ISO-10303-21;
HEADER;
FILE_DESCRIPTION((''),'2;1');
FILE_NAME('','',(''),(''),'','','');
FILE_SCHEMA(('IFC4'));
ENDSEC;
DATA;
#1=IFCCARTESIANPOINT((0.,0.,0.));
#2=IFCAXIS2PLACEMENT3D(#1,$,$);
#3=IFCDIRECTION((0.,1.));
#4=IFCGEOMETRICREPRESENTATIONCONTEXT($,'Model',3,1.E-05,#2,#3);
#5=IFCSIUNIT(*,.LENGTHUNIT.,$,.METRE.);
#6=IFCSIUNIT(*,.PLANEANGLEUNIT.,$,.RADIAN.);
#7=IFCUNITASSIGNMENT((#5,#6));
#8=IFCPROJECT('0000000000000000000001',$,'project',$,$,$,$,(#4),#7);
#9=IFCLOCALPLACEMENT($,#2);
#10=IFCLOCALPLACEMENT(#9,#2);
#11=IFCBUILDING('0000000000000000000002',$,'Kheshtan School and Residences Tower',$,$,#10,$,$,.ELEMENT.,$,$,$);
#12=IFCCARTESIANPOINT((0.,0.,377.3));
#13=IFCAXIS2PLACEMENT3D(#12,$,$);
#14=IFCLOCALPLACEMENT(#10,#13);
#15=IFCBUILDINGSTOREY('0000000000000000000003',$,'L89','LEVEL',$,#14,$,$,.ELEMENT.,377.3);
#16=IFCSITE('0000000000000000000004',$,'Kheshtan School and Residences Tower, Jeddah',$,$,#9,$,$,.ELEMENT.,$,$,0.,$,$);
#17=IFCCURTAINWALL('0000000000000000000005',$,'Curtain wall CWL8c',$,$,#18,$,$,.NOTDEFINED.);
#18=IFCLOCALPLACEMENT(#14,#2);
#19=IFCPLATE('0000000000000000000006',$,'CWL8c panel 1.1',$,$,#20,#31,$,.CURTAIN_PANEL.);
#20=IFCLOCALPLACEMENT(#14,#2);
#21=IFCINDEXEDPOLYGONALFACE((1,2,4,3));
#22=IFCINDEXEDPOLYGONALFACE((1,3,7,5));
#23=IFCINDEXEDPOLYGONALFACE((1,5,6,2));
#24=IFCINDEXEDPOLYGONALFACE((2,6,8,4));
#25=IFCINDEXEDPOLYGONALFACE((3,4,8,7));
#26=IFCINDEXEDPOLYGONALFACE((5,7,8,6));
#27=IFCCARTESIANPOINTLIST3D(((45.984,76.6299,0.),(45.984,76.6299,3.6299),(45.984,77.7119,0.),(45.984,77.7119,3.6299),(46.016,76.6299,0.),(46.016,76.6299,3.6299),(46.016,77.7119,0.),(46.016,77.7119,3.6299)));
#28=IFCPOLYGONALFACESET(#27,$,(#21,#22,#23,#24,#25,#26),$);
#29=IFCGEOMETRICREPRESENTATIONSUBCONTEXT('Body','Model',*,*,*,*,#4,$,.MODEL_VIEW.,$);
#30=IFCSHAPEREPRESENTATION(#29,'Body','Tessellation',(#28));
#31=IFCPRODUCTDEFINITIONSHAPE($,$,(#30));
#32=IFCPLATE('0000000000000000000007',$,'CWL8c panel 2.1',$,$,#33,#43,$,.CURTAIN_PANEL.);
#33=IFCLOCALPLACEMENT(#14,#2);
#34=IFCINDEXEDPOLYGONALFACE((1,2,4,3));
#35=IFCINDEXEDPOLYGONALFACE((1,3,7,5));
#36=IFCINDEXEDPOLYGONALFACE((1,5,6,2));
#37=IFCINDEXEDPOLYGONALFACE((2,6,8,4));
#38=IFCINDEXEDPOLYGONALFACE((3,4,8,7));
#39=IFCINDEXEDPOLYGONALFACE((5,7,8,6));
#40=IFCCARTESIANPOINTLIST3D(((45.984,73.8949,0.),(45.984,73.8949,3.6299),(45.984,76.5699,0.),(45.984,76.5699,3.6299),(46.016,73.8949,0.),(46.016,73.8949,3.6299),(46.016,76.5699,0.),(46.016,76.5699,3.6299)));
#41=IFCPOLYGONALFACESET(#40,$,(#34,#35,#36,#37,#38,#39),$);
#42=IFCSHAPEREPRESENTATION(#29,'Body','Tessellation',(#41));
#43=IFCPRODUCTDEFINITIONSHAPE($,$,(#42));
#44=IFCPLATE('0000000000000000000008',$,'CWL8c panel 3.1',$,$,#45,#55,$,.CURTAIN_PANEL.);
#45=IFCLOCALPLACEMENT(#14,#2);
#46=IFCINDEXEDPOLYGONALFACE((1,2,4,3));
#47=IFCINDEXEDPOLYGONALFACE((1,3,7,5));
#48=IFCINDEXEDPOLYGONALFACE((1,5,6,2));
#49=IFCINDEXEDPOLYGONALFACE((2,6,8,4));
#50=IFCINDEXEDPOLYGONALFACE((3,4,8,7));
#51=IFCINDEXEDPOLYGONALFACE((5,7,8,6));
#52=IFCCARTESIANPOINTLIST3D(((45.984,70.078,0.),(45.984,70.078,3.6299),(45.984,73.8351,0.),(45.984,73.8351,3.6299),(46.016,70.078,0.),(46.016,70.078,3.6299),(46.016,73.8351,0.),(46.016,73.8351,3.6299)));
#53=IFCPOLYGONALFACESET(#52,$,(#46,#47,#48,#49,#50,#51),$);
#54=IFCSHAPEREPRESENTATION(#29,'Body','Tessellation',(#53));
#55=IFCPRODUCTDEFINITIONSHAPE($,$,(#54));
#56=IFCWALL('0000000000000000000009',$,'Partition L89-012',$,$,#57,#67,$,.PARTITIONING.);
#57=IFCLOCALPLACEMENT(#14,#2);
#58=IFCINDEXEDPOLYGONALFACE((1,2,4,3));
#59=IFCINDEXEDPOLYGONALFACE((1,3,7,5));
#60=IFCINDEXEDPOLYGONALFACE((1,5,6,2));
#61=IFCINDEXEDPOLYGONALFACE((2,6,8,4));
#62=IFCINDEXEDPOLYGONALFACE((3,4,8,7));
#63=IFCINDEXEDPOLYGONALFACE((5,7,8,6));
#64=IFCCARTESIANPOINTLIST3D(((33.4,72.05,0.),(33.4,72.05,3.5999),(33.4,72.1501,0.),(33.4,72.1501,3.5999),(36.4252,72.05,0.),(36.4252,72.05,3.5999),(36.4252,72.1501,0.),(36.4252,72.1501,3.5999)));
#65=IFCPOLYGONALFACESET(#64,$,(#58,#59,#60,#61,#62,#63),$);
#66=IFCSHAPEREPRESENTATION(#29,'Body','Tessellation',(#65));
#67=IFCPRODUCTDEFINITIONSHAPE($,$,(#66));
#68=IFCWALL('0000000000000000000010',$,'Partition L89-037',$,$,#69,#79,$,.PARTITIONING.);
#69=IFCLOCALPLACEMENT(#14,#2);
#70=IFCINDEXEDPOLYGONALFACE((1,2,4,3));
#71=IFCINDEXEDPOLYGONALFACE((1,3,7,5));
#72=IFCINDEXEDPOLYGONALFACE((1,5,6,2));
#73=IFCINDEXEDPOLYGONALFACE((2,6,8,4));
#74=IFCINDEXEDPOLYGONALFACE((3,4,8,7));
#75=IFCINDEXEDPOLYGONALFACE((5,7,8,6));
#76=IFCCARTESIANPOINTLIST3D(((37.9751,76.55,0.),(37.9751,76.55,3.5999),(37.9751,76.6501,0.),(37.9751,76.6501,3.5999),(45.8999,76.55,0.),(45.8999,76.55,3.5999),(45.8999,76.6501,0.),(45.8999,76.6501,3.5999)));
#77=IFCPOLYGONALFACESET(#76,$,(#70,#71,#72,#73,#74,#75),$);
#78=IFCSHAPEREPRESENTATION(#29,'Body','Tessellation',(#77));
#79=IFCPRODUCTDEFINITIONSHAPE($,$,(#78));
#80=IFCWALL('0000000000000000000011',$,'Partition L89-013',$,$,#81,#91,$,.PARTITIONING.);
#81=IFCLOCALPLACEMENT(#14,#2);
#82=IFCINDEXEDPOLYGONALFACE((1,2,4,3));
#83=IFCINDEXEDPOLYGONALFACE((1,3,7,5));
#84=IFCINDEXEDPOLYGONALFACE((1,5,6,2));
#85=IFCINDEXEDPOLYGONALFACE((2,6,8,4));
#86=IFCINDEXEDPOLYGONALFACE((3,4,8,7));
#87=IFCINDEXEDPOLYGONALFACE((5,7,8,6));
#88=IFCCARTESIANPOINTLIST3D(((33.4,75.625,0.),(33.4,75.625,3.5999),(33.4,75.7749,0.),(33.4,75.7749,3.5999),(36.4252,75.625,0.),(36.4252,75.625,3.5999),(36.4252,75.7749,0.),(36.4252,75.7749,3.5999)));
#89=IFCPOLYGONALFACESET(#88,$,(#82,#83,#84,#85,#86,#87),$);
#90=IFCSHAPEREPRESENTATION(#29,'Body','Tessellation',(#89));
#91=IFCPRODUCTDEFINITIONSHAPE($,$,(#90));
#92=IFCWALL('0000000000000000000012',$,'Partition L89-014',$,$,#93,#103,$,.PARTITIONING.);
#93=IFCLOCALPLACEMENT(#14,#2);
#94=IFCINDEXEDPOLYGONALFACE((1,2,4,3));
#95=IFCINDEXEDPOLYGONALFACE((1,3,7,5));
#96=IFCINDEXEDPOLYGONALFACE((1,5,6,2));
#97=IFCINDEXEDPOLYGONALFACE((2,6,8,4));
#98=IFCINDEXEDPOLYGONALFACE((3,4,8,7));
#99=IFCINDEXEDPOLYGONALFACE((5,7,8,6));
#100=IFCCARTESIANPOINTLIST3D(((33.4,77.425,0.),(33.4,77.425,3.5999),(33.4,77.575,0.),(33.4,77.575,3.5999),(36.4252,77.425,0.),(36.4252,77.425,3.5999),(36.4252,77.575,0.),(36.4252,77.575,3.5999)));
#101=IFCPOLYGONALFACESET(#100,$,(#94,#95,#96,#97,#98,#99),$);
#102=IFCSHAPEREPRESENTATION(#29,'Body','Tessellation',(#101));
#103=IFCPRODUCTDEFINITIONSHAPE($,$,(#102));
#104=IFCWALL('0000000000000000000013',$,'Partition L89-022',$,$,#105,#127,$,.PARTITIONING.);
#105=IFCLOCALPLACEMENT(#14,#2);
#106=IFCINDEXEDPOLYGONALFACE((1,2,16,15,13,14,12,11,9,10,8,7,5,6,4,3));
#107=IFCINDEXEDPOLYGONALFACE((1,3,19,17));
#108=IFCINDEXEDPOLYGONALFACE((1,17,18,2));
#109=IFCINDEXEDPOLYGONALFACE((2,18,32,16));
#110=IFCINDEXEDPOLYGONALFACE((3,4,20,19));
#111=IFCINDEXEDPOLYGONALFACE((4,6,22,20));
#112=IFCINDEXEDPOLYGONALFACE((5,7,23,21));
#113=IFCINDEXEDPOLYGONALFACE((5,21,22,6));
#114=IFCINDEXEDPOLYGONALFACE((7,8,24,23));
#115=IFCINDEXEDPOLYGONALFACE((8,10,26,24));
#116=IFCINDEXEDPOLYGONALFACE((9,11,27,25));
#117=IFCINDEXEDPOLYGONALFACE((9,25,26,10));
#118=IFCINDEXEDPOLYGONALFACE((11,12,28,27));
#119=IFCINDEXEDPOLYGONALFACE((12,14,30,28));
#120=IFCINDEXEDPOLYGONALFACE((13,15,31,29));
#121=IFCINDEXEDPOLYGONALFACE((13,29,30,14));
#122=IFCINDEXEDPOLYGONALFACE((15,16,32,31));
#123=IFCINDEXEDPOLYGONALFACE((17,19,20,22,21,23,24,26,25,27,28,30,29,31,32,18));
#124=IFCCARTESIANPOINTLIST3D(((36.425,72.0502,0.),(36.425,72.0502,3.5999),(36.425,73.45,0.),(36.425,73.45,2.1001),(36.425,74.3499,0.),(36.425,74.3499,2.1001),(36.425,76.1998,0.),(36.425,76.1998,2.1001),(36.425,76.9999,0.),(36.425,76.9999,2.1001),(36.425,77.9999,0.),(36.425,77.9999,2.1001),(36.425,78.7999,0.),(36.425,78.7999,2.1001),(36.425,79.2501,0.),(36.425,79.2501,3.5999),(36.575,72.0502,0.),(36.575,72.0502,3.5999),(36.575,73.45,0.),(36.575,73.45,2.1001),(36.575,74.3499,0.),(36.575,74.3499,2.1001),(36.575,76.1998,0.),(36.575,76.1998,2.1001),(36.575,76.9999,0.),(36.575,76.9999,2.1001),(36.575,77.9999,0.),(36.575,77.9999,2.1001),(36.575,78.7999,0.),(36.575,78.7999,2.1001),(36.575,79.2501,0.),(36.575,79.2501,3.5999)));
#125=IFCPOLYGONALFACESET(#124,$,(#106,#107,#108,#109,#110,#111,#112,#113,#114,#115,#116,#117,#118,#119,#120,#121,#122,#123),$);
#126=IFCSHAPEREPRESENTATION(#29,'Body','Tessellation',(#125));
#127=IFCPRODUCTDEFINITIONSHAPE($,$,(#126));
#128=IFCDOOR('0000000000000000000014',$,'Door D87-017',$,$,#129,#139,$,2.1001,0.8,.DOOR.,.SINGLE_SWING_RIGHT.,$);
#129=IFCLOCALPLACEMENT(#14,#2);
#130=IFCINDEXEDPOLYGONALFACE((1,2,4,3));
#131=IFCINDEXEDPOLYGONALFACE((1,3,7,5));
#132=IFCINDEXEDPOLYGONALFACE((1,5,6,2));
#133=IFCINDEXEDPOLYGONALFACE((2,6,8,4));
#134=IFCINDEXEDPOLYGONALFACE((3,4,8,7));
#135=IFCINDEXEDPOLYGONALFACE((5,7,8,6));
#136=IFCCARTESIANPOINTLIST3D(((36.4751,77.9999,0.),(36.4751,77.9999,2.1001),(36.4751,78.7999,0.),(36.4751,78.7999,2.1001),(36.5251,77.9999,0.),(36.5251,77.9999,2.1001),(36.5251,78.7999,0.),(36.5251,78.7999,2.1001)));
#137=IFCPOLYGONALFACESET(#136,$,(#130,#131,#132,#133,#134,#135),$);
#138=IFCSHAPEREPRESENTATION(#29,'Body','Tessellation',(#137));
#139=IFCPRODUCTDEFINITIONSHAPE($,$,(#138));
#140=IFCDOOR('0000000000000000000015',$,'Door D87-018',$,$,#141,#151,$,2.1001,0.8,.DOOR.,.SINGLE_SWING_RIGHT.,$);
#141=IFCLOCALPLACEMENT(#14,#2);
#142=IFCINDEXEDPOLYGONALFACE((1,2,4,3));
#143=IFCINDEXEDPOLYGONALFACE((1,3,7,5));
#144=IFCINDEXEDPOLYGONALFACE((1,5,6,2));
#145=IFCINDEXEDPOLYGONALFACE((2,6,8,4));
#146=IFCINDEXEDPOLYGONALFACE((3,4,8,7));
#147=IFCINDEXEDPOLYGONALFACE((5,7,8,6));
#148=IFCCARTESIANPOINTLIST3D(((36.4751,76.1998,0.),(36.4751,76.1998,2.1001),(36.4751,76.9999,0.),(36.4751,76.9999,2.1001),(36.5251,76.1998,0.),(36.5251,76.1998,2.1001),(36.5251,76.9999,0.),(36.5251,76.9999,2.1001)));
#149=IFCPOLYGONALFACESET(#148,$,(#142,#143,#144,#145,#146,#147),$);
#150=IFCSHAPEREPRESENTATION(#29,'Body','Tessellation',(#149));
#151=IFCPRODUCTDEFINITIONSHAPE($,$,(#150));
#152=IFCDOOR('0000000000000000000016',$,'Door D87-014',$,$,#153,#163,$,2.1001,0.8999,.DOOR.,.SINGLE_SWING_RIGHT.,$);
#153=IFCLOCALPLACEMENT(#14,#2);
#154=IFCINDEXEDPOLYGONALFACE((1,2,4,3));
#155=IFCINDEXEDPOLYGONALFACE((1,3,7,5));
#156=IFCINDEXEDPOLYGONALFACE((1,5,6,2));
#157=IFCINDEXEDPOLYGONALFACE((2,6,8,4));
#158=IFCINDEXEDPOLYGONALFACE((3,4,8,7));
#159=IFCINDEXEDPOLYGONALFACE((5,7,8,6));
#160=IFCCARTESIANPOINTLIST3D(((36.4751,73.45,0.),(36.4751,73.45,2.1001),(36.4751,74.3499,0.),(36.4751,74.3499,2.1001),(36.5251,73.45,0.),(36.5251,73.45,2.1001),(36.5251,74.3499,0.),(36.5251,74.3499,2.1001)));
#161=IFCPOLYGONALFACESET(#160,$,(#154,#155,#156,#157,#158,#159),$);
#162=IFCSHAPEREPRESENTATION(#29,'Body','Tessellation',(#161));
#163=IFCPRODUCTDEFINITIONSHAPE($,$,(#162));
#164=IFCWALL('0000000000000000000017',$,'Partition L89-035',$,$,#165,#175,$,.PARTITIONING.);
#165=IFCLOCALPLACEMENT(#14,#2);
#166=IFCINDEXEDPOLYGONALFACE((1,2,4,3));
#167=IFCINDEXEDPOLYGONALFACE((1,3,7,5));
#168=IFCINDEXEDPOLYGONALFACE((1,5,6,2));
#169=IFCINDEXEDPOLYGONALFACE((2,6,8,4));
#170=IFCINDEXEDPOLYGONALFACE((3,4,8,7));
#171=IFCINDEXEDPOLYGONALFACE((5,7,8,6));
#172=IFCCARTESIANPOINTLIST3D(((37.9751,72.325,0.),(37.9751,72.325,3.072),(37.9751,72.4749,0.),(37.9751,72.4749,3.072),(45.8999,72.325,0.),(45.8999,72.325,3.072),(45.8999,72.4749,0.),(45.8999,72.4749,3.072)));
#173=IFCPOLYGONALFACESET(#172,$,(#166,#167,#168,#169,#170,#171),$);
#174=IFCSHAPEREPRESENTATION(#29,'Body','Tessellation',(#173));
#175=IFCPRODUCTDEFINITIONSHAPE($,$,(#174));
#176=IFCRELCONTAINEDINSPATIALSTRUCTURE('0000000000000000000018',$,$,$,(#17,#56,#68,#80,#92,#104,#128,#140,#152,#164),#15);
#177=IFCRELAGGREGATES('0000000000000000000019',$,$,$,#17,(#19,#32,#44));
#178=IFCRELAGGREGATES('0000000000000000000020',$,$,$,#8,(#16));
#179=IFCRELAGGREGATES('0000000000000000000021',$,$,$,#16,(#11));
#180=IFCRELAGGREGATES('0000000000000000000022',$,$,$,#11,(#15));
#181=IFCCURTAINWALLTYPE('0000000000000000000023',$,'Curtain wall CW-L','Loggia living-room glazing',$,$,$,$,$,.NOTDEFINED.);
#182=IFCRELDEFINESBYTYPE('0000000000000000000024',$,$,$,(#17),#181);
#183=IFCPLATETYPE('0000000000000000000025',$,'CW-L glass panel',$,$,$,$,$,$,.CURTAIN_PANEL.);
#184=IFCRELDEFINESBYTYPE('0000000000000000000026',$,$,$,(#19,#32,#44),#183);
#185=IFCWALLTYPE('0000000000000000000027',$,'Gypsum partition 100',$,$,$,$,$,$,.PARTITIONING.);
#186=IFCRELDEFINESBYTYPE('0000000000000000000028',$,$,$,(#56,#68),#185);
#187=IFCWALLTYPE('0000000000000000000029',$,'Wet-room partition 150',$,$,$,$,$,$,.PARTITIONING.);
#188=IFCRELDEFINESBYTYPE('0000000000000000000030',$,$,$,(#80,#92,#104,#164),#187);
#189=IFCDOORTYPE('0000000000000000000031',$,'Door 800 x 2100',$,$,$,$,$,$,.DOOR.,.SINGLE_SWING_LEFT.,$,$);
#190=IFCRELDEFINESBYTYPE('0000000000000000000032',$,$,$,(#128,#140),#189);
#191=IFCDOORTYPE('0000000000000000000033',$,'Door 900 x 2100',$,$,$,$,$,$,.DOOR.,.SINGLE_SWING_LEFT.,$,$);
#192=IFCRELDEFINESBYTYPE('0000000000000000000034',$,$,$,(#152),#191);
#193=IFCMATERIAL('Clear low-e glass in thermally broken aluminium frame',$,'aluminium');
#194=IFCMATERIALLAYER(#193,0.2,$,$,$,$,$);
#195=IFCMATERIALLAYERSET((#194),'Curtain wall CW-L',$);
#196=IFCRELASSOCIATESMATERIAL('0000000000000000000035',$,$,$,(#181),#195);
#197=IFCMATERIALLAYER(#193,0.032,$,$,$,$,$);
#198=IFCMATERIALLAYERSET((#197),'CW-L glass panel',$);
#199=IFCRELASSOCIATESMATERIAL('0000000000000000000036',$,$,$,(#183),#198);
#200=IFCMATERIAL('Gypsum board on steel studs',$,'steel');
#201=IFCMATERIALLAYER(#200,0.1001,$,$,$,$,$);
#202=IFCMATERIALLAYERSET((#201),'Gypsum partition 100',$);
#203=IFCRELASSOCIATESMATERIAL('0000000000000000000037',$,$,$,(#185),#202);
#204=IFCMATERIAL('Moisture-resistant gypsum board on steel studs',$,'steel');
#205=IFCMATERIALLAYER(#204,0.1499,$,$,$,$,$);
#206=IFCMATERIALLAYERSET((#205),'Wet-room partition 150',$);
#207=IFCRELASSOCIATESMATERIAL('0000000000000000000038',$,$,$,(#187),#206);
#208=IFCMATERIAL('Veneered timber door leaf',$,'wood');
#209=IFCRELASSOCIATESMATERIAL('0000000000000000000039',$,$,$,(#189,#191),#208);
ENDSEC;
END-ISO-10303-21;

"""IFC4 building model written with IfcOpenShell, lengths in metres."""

from ifc_helpers import new_model, si_unit, direction, frame, frame_2d, origin, origin_2d, place, context, subcontext, project, spatial, rectangle, extrude, source, transform, mapped, material, layer, layer_set, type_object, element, fill, aggregate, save


model = new_model("IFC4")

# Units and contexts
model_context = context("Model", 3, precision=1e-05, world=origin(), true_north=direction((0.0, 1.0)))
body_context = subcontext(model_context, "Body", "Model", "MODEL_VIEW")
ifc_project = project(units=[si_unit("LENGTHUNIT", "METRE"), si_unit("PLANEANGLEUNIT", "RADIAN")], contexts=[model_context])

# Site, building, storey
site_placement = place(None, origin())
site = spatial("IfcSite", under=ifc_project, at=site_placement, Name="Kheshtan School and Residences Tower, Jeddah", CompositionType="ELEMENT", RefElevation=0.0)
building_placement = place(site_placement, origin())
building = spatial("IfcBuilding", under=site, at=building_placement, Name="Kheshtan School and Residences Tower", CompositionType="ELEMENT")
storey_placement = place(building_placement, frame((0.0, 0.0, 377.3)))
storey = spatial("IfcBuildingStorey", under=building, at=storey_placement, Name="L89", Description="LEVEL", CompositionType="ELEMENT", Elevation=377.3)

# Curtain wall
ifc_material_1 = material(Name="Clear low-e glass in thermally broken aluminium frame", Category="aluminium")
ifc_layer_1 = layer(ifc_material_1, 0.2)
ifc_layer_set_1 = layer_set([ifc_layer_1], Name="Curtain wall CW-L")
curtain_wall_type = type_object("IfcCurtainWallType", Name="Curtain wall CW-L", Description="Loggia living-room glazing", PredefinedType="NOTDEFINED", material=ifc_layer_set_1)
curtain_wall_1_placement = place(storey_placement, origin())
curtain_wall_1 = element("IfcCurtainWall", 1, at=curtain_wall_1_placement, inside=storey, type_object=curtain_wall_type, Name="Curtain wall CWL8c", PredefinedType="NOTDEFINED")

# Plates
ifc_layer_2 = layer(ifc_material_1, 0.032)
ifc_layer_set_2 = layer_set([ifc_layer_2], Name="CW-L glass panel")
plate_type = type_object("IfcPlateType", Name="CW-L glass panel", PredefinedType="CURTAIN_PANEL", material=ifc_layer_set_2)
plate_1_placement = place(storey_placement, frame((46.0, 77.1709, 0.0), z_axis=(0.0, 0.0, 1.0), x_axis=(0.0, -1.0, 0.0)))
plate_1 = element("IfcPlate", 2, at=plate_1_placement, type_object=plate_type, Name="CWL8c panel 1.1", PredefinedType="CURTAIN_PANEL", context=body_context, shape_type="SweptSolid", body=[
    extrude(rectangle(XDim=1.082, YDim=0.032, at=origin_2d()), origin(), (0.0, 0.0, 1.0), 3.6299),
])
plate_2_placement = place(storey_placement, frame((46.0, 75.2324, 0.0), z_axis=(0.0, 0.0, 1.0), x_axis=(0.0, -1.0, 0.0)))
plate_2 = element("IfcPlate", 3, at=plate_2_placement, type_object=plate_type, Name="CWL8c panel 2.1", PredefinedType="CURTAIN_PANEL", context=body_context, shape_type="SweptSolid", body=[
    extrude(rectangle(XDim=2.675, YDim=0.032, at=origin_2d()), origin(), (0.0, 0.0, 1.0), 3.6299),
])
plate_3_placement = place(storey_placement, frame((46.0, 71.9565, 0.0), z_axis=(0.0, 0.0, 1.0), x_axis=(0.0, -1.0, 0.0)))
plate_3 = element("IfcPlate", 4, at=plate_3_placement, type_object=plate_type, Name="CWL8c panel 3.1", PredefinedType="CURTAIN_PANEL", context=body_context, shape_type="SweptSolid", body=[
    extrude(rectangle(XDim=3.7571, YDim=0.032, at=origin_2d()), origin(), (0.0, 0.0, 1.0), 3.6299),
])
aggregate(curtain_wall_1, [plate_1, plate_2, plate_3])

# Walls
ifc_material_2 = material(Name="Gypsum board on steel studs", Category="steel")
ifc_layer_3 = layer(ifc_material_2, 0.1001)
ifc_layer_set_3 = layer_set([ifc_layer_3], Name="Gypsum partition 100")
wall_type_1 = type_object("IfcWallType", Name="Gypsum partition 100", PredefinedType="PARTITIONING", material=ifc_layer_set_3)
wall_1_placement = place(storey_placement, frame((33.3999, 72.1001, 0.0), z_axis=(0.0, 0.0, 1.0), x_axis=(1.0, 0.0, 0.0)))
element("IfcWall", 5, at=wall_1_placement, inside=storey, type_object=wall_type_1, Name="Partition L89-012", PredefinedType="PARTITIONING", context=body_context, shape_type="SweptSolid", body=[
    extrude(rectangle(XDim=3.0251, YDim=0.1001, at=frame_2d((1.5127, 0.0))), origin(), (0.0, 0.0, 1.0), 3.5999),
])
wall_2_placement = place(storey_placement, frame((37.9751, 76.6001, 0.0), z_axis=(0.0, 0.0, 1.0), x_axis=(1.0, 0.0, 0.0)))
element("IfcWall", 6, at=wall_2_placement, inside=storey, type_object=wall_type_1, Name="Partition L89-037", PredefinedType="PARTITIONING", context=body_context, shape_type="SweptSolid", body=[
    extrude(rectangle(XDim=7.9248, YDim=0.1001, at=frame_2d((3.9624, 0.0))), origin(), (0.0, 0.0, 1.0), 3.5999),
])
ifc_material_3 = material(Name="Moisture-resistant gypsum board on steel studs", Category="steel")
ifc_layer_4 = layer(ifc_material_3, 0.1499)
ifc_layer_set_4 = layer_set([ifc_layer_4], Name="Wet-room partition 150")
wall_type_2 = type_object("IfcWallType", Name="Wet-room partition 150", PredefinedType="PARTITIONING", material=ifc_layer_set_4)
for number, where, z_axis, x_axis, name in (
    (7, (33.3999, 75.7, 0.0), (0.0, 0.0, 1.0), (1.0, 0.0, 0.0), "Partition L89-013"),
    (8, (33.3999, 77.5, 0.0), (0.0, 0.0, 1.0), (1.0, 0.0, 0.0), "Partition L89-014"),
):
    element("IfcWall", number, at=place(storey_placement, frame(where, z_axis=z_axis, x_axis=x_axis)), inside=storey, type_object=wall_type_2, Name=name, PredefinedType="PARTITIONING", context=body_context, shape_type="SweptSolid", body=[
        extrude(rectangle(XDim=3.0251, YDim=0.1499, at=frame_2d((1.5127, 0.0))), origin(), (0.0, 0.0, 1.0), 3.5999),
    ])

# Wall, openings, doors
wall_3_placement = place(storey_placement, frame((36.5, 72.05, 0.0), z_axis=(0.0, 0.0, 1.0), x_axis=(0.0, 1.0, 0.0)))
wall_3 = element("IfcWall", 9, at=wall_3_placement, inside=storey, type_object=wall_type_2, Name="Partition L89-022", PredefinedType="PARTITIONING", context=body_context, shape_type="SweptSolid", body=[
    extrude(rectangle(XDim=7.2, YDim=0.1499, at=frame_2d((3.6001, 0.0))), origin(), (0.0, 0.0, 1.0), 3.5999),
])
opening_1_placement = place(wall_3_placement, frame((1.3999, 0.0, 0.0)))
opening_1 = element("IfcOpeningElement", 10, at=opening_1_placement, cuts=wall_3, PredefinedType="OPENING", context=body_context, shape_type="SweptSolid", body=[
    extrude(rectangle(XDim=0.8999, YDim=2.1001, at=frame_2d((0.45, 1.05))), frame((0.0, 0.085, 0.0), z_axis=(0.0, -1.0, 0.0), x_axis=(1.0, 0.0, 0.0)), (0.0, 0.0, 1.0), 0.1699),
])
opening_2_placement = place(wall_3_placement, frame((5.95, 0.0, 0.0)))
opening_2 = element("IfcOpeningElement", 11, at=opening_2_placement, cuts=wall_3, PredefinedType="OPENING", context=body_context, shape_type="SweptSolid", body=[
    extrude(rectangle(XDim=0.8, YDim=2.1001, at=frame_2d((0.3999, 1.05))), frame((0.0, 0.085, 0.0), z_axis=(0.0, -1.0, 0.0), x_axis=(1.0, 0.0, 0.0)), (0.0, 0.0, 1.0), 0.1699),
])
opening_3_placement = place(wall_3_placement, frame((4.1499, 0.0, 0.0)))
opening_3 = element("IfcOpeningElement", 12, at=opening_3_placement, cuts=wall_3, PredefinedType="OPENING", context=body_context, shape_type="SweptSolid", body=[
    extrude(rectangle(XDim=0.8, YDim=2.1001, at=frame_2d((0.3999, 1.05))), frame((0.0, 0.085, 0.0), z_axis=(0.0, -1.0, 0.0), x_axis=(1.0, 0.0, 0.0)), (0.0, 0.0, 1.0), 0.1699),
])
ifc_material_4 = material(Name="Veneered timber door leaf", Category="wood")
door_type_1 = type_object("IfcDoorType", Name="Door 800 x 2100", OperationType="SINGLE_SWING_LEFT", PredefinedType="DOOR", material=ifc_material_4)
shared_shape_1 = source(origin(), body_context, "Body", "SweptSolid", [
    extrude(rectangle(XDim=0.8, YDim=2.1001, at=frame_2d((0.3999, 1.05))), frame((0.0, 0.0249, 0.0), z_axis=(0.0, -1.0, 0.0), x_axis=(1.0, 0.0, 0.0)), (0.0, 0.0, 1.0), 0.05),
])
door_1_placement = place(opening_2_placement, origin())
door_1 = element("IfcDoor", 13, at=door_1_placement, inside=storey, type_object=door_type_1, Name="Door D87-017", OperationType="SINGLE_SWING_RIGHT", OverallHeight=2.1001, OverallWidth=0.8, PredefinedType="DOOR", context=body_context, shape_type="MappedRepresentation", body=[
    mapped(shared_shape_1, transform((0.0, 0.0, 0.0), x_axis=(1.0, 0.0, 0.0), y_axis=(0.0, 1.0, 0.0), z_axis=(0.0, 0.0, 1.0), scale=1.0)),
])
fill(opening_2, door_1)
door_2_placement = place(opening_3_placement, origin())
door_2 = element("IfcDoor", 14, at=door_2_placement, inside=storey, type_object=door_type_1, Name="Door D87-018", OperationType="SINGLE_SWING_RIGHT", OverallHeight=2.1001, OverallWidth=0.8, PredefinedType="DOOR", context=body_context, shape_type="MappedRepresentation", body=[
    mapped(shared_shape_1, transform((0.0, 0.0, 0.0), x_axis=(1.0, 0.0, 0.0), y_axis=(0.0, 1.0, 0.0), z_axis=(0.0, 0.0, 1.0), scale=1.0)),
])
fill(opening_3, door_2)
door_type_2 = type_object("IfcDoorType", Name="Door 900 x 2100", OperationType="SINGLE_SWING_LEFT", PredefinedType="DOOR", material=ifc_material_4)
shared_shape_2 = source(origin(), body_context, "Body", "SweptSolid", [
    extrude(rectangle(XDim=0.8999, YDim=2.1001, at=frame_2d((0.45, 1.05))), frame((0.0, 0.0249, 0.0), z_axis=(0.0, -1.0, 0.0), x_axis=(1.0, 0.0, 0.0)), (0.0, 0.0, 1.0), 0.05),
])
door_3_placement = place(opening_1_placement, origin())
door_3 = element("IfcDoor", 15, at=door_3_placement, inside=storey, type_object=door_type_2, Name="Door D87-014", OperationType="SINGLE_SWING_RIGHT", OverallHeight=2.1001, OverallWidth=0.8999, PredefinedType="DOOR", context=body_context, shape_type="MappedRepresentation", body=[
    mapped(shared_shape_2, transform((0.0, 0.0, 0.0), x_axis=(1.0, 0.0, 0.0), y_axis=(0.0, 1.0, 0.0), z_axis=(0.0, 0.0, 1.0), scale=1.0)),
])
fill(opening_1, door_3)

# Wall
wall_4_placement = place(storey_placement, frame((37.9751, 72.3999, 0.0), z_axis=(0.0, 0.0, 1.0), x_axis=(1.0, 0.0, 0.0)))
element("IfcWall", 16, at=wall_4_placement, inside=storey, type_object=wall_type_2, Name="Partition L89-035", PredefinedType="PARTITIONING", context=body_context, shape_type="SweptSolid", body=[
    extrude(rectangle(XDim=7.9248, YDim=0.1499, at=frame_2d((3.9624, 0.0))), origin(), (0.0, 0.0, 1.0), 3.072),
])

save(model, "model.ifc")
